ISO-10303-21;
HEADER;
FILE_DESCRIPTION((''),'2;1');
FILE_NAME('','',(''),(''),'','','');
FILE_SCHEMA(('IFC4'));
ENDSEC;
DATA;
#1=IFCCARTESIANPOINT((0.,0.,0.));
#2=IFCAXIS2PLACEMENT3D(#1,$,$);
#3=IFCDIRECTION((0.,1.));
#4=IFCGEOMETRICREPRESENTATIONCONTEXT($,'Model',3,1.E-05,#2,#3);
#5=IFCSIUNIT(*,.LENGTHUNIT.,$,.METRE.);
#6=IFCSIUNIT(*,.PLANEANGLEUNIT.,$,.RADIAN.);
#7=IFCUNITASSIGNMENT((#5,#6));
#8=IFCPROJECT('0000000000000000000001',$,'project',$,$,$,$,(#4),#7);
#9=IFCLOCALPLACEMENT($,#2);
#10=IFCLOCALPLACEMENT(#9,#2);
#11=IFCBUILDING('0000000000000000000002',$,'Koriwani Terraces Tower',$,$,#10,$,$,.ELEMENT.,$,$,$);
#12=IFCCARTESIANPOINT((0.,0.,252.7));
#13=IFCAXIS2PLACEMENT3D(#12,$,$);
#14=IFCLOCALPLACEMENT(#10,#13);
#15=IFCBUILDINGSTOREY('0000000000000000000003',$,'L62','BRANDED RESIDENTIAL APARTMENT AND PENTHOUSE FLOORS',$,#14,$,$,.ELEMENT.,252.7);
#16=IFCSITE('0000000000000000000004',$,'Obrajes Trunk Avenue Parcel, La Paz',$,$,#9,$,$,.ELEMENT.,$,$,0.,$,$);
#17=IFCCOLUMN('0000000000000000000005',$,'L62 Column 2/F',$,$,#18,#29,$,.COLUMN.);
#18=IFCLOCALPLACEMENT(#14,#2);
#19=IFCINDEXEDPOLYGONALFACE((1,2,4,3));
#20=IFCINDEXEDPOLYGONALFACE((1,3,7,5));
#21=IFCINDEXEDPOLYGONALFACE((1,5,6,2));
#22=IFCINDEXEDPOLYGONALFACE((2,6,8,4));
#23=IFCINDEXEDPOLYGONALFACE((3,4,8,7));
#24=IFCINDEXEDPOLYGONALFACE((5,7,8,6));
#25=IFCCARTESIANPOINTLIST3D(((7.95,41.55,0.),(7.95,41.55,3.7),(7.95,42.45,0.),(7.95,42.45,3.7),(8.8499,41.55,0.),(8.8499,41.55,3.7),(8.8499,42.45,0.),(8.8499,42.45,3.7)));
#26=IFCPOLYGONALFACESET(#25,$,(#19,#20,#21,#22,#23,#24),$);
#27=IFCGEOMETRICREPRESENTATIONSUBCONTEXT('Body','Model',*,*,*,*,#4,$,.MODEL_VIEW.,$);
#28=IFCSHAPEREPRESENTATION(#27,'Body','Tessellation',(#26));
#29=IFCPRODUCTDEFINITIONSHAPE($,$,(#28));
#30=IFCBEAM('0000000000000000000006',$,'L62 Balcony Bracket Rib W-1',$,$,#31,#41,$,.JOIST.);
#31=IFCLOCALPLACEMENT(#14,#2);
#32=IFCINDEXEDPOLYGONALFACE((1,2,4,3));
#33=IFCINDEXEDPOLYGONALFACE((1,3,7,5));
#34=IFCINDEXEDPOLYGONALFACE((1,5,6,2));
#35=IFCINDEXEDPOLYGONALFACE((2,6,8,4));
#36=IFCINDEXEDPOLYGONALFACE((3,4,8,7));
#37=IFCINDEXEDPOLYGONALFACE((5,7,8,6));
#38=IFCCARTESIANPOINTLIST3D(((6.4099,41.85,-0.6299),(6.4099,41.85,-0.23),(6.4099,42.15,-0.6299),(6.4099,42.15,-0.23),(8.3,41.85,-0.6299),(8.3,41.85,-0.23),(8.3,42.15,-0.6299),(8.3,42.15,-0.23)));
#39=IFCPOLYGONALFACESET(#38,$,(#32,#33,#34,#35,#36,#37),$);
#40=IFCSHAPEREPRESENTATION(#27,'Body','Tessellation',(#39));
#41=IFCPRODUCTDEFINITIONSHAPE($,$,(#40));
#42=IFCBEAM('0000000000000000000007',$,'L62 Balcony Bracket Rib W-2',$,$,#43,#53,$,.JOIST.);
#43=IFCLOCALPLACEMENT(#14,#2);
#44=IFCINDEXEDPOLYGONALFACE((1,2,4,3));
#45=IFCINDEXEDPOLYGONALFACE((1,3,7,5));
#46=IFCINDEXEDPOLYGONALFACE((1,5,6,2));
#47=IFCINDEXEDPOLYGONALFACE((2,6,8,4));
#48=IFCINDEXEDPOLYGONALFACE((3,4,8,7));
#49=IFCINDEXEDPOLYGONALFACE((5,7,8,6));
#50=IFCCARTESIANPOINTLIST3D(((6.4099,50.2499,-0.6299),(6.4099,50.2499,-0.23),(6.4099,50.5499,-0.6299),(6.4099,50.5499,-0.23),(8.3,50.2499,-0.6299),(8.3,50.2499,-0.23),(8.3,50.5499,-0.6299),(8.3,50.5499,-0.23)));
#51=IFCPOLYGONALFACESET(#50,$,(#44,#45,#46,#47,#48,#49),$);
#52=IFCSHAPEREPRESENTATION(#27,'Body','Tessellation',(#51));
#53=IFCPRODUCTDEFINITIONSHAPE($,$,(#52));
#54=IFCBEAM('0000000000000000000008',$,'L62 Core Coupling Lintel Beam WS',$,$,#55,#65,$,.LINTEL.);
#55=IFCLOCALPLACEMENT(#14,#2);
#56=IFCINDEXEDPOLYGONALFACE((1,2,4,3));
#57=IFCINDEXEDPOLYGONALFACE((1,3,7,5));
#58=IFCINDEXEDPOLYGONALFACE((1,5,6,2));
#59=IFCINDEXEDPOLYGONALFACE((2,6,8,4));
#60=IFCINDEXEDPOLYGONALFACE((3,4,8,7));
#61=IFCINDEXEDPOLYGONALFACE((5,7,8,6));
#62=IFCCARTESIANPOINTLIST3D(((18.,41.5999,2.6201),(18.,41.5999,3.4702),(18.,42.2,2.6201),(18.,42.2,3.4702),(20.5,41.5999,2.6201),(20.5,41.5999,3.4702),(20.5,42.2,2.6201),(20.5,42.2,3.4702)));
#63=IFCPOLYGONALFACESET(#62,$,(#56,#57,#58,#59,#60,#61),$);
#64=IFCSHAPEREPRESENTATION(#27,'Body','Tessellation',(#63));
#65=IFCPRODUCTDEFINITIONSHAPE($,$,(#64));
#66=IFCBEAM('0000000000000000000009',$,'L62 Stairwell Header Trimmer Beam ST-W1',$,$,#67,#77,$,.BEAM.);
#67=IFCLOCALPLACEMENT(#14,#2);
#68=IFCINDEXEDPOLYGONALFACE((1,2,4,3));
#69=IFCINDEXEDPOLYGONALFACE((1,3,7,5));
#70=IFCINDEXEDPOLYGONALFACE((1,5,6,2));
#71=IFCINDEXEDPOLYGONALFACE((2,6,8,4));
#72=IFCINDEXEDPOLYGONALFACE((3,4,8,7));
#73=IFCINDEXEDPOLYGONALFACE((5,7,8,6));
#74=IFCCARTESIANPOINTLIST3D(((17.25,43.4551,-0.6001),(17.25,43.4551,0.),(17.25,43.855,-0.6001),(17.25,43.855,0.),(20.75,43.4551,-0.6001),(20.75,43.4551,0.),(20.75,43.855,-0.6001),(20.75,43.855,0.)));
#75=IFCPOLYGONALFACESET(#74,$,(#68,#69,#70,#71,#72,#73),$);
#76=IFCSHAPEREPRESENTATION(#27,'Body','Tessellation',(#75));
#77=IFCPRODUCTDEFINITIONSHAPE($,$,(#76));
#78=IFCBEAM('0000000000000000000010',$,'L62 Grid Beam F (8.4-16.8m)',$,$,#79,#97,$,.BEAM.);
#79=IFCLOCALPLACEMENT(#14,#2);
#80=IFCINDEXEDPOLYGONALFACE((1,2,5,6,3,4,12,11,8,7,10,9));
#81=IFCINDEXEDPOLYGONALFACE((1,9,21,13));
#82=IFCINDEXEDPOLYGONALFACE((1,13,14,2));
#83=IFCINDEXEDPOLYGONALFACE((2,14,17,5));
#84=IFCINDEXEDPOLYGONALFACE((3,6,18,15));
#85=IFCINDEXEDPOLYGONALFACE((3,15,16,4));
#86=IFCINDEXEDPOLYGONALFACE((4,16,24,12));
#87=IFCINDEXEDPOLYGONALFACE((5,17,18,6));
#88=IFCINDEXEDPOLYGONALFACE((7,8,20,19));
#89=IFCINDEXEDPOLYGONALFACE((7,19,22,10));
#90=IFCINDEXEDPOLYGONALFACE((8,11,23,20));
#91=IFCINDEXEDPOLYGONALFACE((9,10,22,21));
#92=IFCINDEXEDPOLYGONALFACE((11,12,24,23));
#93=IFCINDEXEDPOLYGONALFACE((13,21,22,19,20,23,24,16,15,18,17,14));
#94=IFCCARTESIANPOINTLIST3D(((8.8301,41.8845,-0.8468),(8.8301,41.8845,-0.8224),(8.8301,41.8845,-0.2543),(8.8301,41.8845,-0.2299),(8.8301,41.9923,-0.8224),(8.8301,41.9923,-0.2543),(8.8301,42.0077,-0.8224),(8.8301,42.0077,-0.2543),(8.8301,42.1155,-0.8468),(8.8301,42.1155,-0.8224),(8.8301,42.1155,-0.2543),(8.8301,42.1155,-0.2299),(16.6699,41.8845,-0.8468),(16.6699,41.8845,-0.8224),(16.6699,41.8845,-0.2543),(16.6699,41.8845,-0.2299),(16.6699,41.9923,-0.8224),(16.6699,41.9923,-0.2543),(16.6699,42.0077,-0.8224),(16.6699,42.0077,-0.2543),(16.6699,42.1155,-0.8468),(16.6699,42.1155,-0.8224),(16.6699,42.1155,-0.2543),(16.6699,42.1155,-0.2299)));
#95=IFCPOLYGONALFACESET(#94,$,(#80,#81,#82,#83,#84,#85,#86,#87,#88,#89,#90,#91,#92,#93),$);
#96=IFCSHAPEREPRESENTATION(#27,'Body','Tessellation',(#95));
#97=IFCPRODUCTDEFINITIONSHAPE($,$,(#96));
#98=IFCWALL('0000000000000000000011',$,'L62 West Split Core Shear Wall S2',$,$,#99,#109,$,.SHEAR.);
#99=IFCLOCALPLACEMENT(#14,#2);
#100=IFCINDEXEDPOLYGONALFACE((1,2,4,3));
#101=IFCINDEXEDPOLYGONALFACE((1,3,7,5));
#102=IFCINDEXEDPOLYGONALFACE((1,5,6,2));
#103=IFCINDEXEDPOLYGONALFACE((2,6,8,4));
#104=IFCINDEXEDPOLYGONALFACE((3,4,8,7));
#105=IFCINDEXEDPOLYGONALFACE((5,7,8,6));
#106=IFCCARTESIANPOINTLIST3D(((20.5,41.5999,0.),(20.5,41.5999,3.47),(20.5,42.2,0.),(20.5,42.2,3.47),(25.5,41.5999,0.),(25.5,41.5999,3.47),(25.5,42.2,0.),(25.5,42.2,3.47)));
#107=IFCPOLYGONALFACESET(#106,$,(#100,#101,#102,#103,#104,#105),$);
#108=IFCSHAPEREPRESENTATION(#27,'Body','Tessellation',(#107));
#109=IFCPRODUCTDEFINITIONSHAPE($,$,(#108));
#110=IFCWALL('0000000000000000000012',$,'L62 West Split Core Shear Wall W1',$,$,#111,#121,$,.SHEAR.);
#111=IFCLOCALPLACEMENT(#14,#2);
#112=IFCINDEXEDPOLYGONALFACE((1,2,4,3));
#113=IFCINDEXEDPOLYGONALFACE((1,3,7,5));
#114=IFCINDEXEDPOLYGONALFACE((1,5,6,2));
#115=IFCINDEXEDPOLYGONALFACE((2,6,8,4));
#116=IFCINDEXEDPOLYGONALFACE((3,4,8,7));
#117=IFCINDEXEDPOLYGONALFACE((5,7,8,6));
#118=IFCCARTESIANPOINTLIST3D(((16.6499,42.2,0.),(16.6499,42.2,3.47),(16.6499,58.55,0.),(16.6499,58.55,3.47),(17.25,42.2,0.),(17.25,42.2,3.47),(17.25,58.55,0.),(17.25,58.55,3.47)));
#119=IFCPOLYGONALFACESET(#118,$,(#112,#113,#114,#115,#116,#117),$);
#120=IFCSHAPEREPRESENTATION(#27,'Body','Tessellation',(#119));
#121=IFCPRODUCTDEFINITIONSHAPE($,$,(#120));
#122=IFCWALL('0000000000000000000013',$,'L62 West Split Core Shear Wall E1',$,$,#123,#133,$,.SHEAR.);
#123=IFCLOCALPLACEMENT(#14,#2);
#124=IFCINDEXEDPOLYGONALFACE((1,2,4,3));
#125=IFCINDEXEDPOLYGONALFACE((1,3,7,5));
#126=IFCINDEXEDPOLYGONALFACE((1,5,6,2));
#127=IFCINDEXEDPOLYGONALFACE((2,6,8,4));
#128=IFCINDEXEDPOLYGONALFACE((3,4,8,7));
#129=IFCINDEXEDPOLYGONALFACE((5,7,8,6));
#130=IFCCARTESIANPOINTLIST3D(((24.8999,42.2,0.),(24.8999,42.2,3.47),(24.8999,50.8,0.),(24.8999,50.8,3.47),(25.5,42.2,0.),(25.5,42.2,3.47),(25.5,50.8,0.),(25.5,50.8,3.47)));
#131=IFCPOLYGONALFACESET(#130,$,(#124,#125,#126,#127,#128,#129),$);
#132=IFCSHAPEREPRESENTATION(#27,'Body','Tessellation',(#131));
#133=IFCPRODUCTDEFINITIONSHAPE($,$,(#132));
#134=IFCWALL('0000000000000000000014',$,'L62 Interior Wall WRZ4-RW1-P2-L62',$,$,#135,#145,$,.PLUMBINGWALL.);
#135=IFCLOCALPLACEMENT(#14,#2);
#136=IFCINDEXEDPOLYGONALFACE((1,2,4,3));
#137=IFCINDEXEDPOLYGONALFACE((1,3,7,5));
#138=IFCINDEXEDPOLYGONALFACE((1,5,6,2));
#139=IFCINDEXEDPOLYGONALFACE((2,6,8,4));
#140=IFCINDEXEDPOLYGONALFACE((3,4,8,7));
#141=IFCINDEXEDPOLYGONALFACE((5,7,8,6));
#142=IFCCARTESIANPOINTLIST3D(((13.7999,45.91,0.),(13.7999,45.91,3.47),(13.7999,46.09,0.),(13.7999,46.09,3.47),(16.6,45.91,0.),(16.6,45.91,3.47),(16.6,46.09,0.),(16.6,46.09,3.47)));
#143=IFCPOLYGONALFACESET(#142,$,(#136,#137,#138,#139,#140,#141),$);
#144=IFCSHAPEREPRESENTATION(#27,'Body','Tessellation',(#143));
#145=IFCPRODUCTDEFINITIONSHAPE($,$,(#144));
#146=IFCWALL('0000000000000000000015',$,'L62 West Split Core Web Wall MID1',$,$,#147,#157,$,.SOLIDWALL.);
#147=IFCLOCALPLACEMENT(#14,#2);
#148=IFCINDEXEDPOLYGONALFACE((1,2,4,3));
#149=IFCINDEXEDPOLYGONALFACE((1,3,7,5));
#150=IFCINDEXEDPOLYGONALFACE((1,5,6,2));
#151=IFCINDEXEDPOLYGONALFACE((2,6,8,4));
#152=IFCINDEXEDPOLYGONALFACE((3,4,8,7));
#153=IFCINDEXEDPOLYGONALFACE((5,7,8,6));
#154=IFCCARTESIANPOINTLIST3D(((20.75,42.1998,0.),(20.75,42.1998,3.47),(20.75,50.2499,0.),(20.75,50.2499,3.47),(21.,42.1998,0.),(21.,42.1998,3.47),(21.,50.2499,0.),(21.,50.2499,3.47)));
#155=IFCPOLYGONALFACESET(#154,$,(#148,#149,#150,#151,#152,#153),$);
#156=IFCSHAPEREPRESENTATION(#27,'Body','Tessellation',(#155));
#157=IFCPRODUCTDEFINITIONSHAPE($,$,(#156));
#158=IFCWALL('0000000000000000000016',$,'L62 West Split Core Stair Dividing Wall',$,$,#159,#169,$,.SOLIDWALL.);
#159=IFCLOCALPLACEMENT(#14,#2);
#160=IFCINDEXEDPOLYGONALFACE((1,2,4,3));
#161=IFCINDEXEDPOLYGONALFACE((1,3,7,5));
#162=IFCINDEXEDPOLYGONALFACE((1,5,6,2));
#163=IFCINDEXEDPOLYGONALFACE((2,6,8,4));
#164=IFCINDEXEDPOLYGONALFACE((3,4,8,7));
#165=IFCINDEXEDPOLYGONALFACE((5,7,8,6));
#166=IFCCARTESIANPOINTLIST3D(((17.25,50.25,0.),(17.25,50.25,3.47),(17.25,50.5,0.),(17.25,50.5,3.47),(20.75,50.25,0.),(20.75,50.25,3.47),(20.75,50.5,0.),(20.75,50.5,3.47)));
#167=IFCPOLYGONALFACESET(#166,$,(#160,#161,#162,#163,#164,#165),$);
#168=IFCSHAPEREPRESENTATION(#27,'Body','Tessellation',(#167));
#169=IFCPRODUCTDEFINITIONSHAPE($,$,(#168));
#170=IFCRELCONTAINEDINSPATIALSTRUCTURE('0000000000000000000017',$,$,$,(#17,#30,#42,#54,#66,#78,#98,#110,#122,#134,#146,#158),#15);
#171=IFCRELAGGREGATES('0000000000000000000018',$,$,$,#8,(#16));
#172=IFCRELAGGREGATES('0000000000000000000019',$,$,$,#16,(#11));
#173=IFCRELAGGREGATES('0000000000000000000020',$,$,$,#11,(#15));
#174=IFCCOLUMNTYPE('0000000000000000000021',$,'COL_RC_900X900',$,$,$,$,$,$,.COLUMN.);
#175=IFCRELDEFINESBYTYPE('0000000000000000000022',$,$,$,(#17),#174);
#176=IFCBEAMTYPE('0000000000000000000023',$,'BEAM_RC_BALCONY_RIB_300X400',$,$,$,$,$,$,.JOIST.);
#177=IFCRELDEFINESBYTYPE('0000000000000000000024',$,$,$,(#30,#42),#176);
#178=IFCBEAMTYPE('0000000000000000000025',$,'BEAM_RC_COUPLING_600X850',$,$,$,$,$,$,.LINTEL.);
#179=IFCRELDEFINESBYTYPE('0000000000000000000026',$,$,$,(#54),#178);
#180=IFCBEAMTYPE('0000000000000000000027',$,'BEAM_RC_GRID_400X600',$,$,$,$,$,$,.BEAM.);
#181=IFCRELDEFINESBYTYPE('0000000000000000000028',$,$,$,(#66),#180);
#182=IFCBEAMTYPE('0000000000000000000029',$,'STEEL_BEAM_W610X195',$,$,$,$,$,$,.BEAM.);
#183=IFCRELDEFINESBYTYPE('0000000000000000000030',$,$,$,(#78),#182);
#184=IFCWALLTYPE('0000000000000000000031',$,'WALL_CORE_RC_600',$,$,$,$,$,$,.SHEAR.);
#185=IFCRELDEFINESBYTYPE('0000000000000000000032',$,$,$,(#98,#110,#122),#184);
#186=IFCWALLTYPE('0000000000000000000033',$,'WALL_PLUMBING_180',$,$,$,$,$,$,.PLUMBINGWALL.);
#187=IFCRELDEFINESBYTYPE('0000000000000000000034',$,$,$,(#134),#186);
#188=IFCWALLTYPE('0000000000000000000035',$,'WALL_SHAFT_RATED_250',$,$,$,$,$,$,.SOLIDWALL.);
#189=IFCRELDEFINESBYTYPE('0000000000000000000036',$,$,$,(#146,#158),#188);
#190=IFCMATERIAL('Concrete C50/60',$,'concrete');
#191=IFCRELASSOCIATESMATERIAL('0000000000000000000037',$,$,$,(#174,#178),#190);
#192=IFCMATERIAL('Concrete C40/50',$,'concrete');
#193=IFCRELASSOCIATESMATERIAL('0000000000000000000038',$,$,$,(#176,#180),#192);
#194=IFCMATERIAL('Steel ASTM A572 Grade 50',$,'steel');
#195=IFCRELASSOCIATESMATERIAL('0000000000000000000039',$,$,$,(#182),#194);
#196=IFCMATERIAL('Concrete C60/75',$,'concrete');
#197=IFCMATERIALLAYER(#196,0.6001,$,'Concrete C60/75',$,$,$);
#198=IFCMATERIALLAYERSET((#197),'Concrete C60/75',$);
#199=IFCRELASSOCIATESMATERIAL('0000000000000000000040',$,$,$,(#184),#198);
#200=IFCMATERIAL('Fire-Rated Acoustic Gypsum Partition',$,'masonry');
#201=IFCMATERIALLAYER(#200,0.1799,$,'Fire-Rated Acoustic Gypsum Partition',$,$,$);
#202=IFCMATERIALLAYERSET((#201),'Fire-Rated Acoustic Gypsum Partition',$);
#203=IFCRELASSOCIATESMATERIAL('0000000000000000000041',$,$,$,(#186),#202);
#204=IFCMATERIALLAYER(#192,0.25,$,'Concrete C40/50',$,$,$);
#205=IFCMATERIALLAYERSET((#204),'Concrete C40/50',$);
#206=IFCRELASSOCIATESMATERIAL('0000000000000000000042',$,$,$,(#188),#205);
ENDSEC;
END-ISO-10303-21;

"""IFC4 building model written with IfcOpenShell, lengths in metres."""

from ifc_helpers import new_model, si_unit, direction, frame, frame_2d, origin, origin_2d, place, context, subcontext, project, spatial, rectangle, i_section, extrude, material, layer, layer_set, material_profile, profile_set, type_object, element, save


model = new_model("IFC4")

# Units and contexts
model_context = context("Model", 3, precision=1e-05, world=origin(), true_north=direction((0.0, 1.0)))
body_context = subcontext(model_context, "Body", "Model", "MODEL_VIEW")
ifc_project = project(units=[si_unit("LENGTHUNIT", "METRE"), si_unit("PLANEANGLEUNIT", "RADIAN")], contexts=[model_context])

# Site, building, storey
site_placement = place(None, origin())
site = spatial("IfcSite", under=ifc_project, at=site_placement, Name="Obrajes Trunk Avenue Parcel, La Paz", CompositionType="ELEMENT", RefElevation=0.0)
building_placement = place(site_placement, origin())
building = spatial("IfcBuilding", under=site, at=building_placement, Name="Koriwani Terraces Tower", CompositionType="ELEMENT")
storey_placement = place(building_placement, frame((0.0, 0.0, 252.7)))
storey = spatial("IfcBuildingStorey", under=building, at=storey_placement, Name="L62", Description="BRANDED RESIDENTIAL APARTMENT AND PENTHOUSE FLOORS", CompositionType="ELEMENT", Elevation=252.7)

# Column
ifc_material_1 = material(Name="Concrete C50/60", Category="concrete")
ifc_material_profile_1 = material_profile(ifc_material_1, rectangle(XDim=0.8999, YDim=0.8999, at=origin_2d()), Name="Concrete C50/60", Category="LoadBearing")
ifc_profile_set_1 = profile_set([ifc_material_profile_1], Name="Concrete C50/60")
column_type = type_object("IfcColumnType", Name="COL_RC_900X900", PredefinedType="COLUMN", material=ifc_profile_set_1)
column_placement = place(storey_placement, frame((8.3999, 42.0, 0.0), z_axis=(0.0, 0.0, 1.0), x_axis=(1.0, 0.0, 0.0)))
element("IfcColumn", 1, at=column_placement, inside=storey, type_object=column_type, Name="L62 Column 2/F", PredefinedType="COLUMN", context=body_context, shape_type="SweptSolid", body=[
    extrude(rectangle(XDim=0.8999, YDim=0.8999, at=origin_2d()), origin(), (0.0, 0.0, 1.0), 3.7),
])

# Beams
ifc_material_2 = material(Name="Concrete C40/50", Category="concrete")
ifc_material_profile_2 = material_profile(ifc_material_2, rectangle(XDim=0.3, YDim=0.3999, at=origin_2d()), Name="Concrete C40/50", Category="LoadBearing")
ifc_profile_set_2 = profile_set([ifc_material_profile_2], Name="Concrete C40/50")
beam_type_1 = type_object("IfcBeamType", Name="BEAM_RC_BALCONY_RIB_300X400", PredefinedType="JOIST", material=ifc_profile_set_2)
for number, where, z_axis, x_axis, name in (
    (2, (6.4099, 42.0, -0.4299), (1.0, 0.0, 0.0), (0.0, 1.0, 0.0), "L62 Balcony Bracket Rib W-1"),
    (3, (6.4099, 50.3999, -0.4299), (1.0, 0.0, 0.0), (0.0, 1.0, 0.0), "L62 Balcony Bracket Rib W-2"),
):
    element("IfcBeam", number, at=place(storey_placement, frame(where, z_axis=z_axis, x_axis=x_axis)), inside=storey, type_object=beam_type_1, Name=name, PredefinedType="JOIST", context=body_context, shape_type="SweptSolid", body=[
        extrude(rectangle(XDim=0.3, YDim=0.3999, at=origin_2d()), origin(), (0.0, 0.0, 1.0), 1.8901),
    ])
ifc_material_profile_3 = material_profile(ifc_material_1, rectangle(XDim=0.6001, YDim=0.8501, at=origin_2d()), Name="Concrete C50/60", Category="LoadBearing")
ifc_profile_set_3 = profile_set([ifc_material_profile_3], Name="Concrete C50/60")
beam_type_2 = type_object("IfcBeamType", Name="BEAM_RC_COUPLING_600X850", PredefinedType="LINTEL", material=ifc_profile_set_3)
beam_1_placement = place(storey_placement, frame((18.0, 41.8999, 3.0452), z_axis=(1.0, 0.0, 0.0), x_axis=(0.0, 1.0, 0.0)))
element("IfcBeam", 4, at=beam_1_placement, inside=storey, type_object=beam_type_2, Name="L62 Core Coupling Lintel Beam WS", PredefinedType="LINTEL", context=body_context, shape_type="SweptSolid", body=[
    extrude(rectangle(XDim=0.6001, YDim=0.8501, at=origin_2d()), origin(), (0.0, 0.0, 1.0), 2.5),
])
ifc_material_profile_4 = material_profile(ifc_material_2, rectangle(XDim=0.3999, YDim=0.6001, at=origin_2d()), Name="Concrete C40/50", Category="LoadBearing")
ifc_profile_set_4 = profile_set([ifc_material_profile_4], Name="Concrete C40/50")
beam_type_3 = type_object("IfcBeamType", Name="BEAM_RC_GRID_400X600", PredefinedType="BEAM", material=ifc_profile_set_4)
beam_2_placement = place(storey_placement, frame((17.25, 43.655, -0.3), z_axis=(1.0, 0.0, 0.0), x_axis=(0.0, 1.0, 0.0)))
element("IfcBeam", 5, at=beam_2_placement, inside=storey, type_object=beam_type_3, Name="L62 Stairwell Header Trimmer Beam ST-W1", PredefinedType="BEAM", context=body_context, shape_type="SweptSolid", body=[
    extrude(rectangle(XDim=0.3999, YDim=0.6001, at=origin_2d()), origin(), (0.0, 0.0, 1.0), 3.5),
])
ifc_material_3 = material(Name="Steel ASTM A572 Grade 50", Category="steel")
ifc_material_profile_5 = material_profile(ifc_material_3, i_section(OverallWidth=0.231, OverallDepth=0.6169, WebThickness=0.0154, FlangeThickness=0.0244, at=origin_2d()), Name="Steel ASTM A572 Grade 50", Category="LoadBearing")
ifc_profile_set_5 = profile_set([ifc_material_profile_5], Name="Steel ASTM A572 Grade 50")
beam_type_4 = type_object("IfcBeamType", Name="STEEL_BEAM_W610X195", PredefinedType="BEAM", material=ifc_profile_set_5)
beam_3_placement = place(storey_placement, frame((8.8301, 42.0, -0.5383), z_axis=(1.0, 0.0, 0.0), x_axis=(0.0, 1.0, 0.0)))
element("IfcBeam", 6, at=beam_3_placement, inside=storey, type_object=beam_type_4, Name="L62 Grid Beam F (8.4-16.8m)", PredefinedType="BEAM", context=body_context, shape_type="SweptSolid", body=[
    extrude(i_section(OverallWidth=0.231, OverallDepth=0.6169, WebThickness=0.0154, FlangeThickness=0.0244, at=origin_2d()), origin(), (0.0, 0.0, 1.0), 7.8398),
])

# Walls
ifc_material_4 = material(Name="Concrete C60/75", Category="concrete")
ifc_layer_1 = layer(ifc_material_4, 0.6001, Name="Concrete C60/75")
ifc_layer_set_1 = layer_set([ifc_layer_1], Name="Concrete C60/75")
wall_type_1 = type_object("IfcWallType", Name="WALL_CORE_RC_600", PredefinedType="SHEAR", material=ifc_layer_set_1)
wall_1_placement = place(storey_placement, frame((20.5, 41.8999, 0.0), z_axis=(0.0, 0.0, 1.0), x_axis=(1.0, 0.0, 0.0)))
element("IfcWall", 7, at=wall_1_placement, inside=storey, type_object=wall_type_1, Name="L62 West Split Core Shear Wall S2", PredefinedType="SHEAR", context=body_context, shape_type="SweptSolid", body=[
    extrude(rectangle(XDim=5.0, YDim=0.6001, at=frame_2d((2.5, 0.0))), origin(), (0.0, 0.0, 1.0), 3.47),
])
wall_2_placement = place(storey_placement, frame((16.95, 42.2, 0.0), z_axis=(0.0, 0.0, 1.0), x_axis=(0.0, 1.0, 0.0)))
element("IfcWall", 8, at=wall_2_placement, inside=storey, type_object=wall_type_1, Name="L62 West Split Core Shear Wall W1", PredefinedType="SHEAR", context=body_context, shape_type="SweptSolid", body=[
    extrude(rectangle(XDim=16.3501, YDim=0.6001, at=frame_2d((8.175, 0.0))), origin(), (0.0, 0.0, 1.0), 3.47),
])
wall_3_placement = place(storey_placement, frame((25.2, 42.2, 0.0), z_axis=(0.0, 0.0, 1.0), x_axis=(0.0, 1.0, 0.0)))
element("IfcWall", 9, at=wall_3_placement, inside=storey, type_object=wall_type_1, Name="L62 West Split Core Shear Wall E1", PredefinedType="SHEAR", context=body_context, shape_type="SweptSolid", body=[
    extrude(rectangle(XDim=8.6001, YDim=0.6001, at=frame_2d((4.3, 0.0))), origin(), (0.0, 0.0, 1.0), 3.47),
])
ifc_material_5 = material(Name="Fire-Rated Acoustic Gypsum Partition", Category="masonry")
ifc_layer_2 = layer(ifc_material_5, 0.1799, Name="Fire-Rated Acoustic Gypsum Partition")
ifc_layer_set_2 = layer_set([ifc_layer_2], Name="Fire-Rated Acoustic Gypsum Partition")
wall_type_2 = type_object("IfcWallType", Name="WALL_PLUMBING_180", PredefinedType="PLUMBINGWALL", material=ifc_layer_set_2)
wall_4_placement = place(storey_placement, frame((13.8, 46.0, 0.0), z_axis=(0.0, 0.0, 1.0), x_axis=(1.0, 0.0, 0.0)))
element("IfcWall", 10, at=wall_4_placement, inside=storey, type_object=wall_type_2, Name="L62 Interior Wall WRZ4-RW1-P2-L62", PredefinedType="PLUMBINGWALL", context=body_context, shape_type="SweptSolid", body=[
    extrude(rectangle(XDim=2.8, YDim=0.1799, at=frame_2d((1.3999, 0.0))), origin(), (0.0, 0.0, 1.0), 3.47),
])
ifc_layer_3 = layer(ifc_material_2, 0.25, Name="Concrete C40/50")
ifc_layer_set_3 = layer_set([ifc_layer_3], Name="Concrete C40/50")
wall_type_3 = type_object("IfcWallType", Name="WALL_SHAFT_RATED_250", PredefinedType="SOLIDWALL", material=ifc_layer_set_3)
wall_5_placement = place(storey_placement, frame((20.875, 42.2, 0.0), z_axis=(0.0, 0.0, 1.0), x_axis=(0.0, 1.0, 0.0)))
element("IfcWall", 11, at=wall_5_placement, inside=storey, type_object=wall_type_3, Name="L62 West Split Core Web Wall MID1", PredefinedType="SOLIDWALL", context=body_context, shape_type="SweptSolid", body=[
    extrude(rectangle(XDim=8.05, YDim=0.25, at=frame_2d((4.0249, 0.0))), origin(), (0.0, 0.0, 1.0), 3.47),
])
wall_6_placement = place(storey_placement, frame((17.25, 50.375, 0.0), z_axis=(0.0, 0.0, 1.0), x_axis=(1.0, 0.0, 0.0)))
element("IfcWall", 12, at=wall_6_placement, inside=storey, type_object=wall_type_3, Name="L62 West Split Core Stair Dividing Wall", PredefinedType="SOLIDWALL", context=body_context, shape_type="SweptSolid", body=[
    extrude(rectangle(XDim=3.5, YDim=0.25, at=frame_2d((1.75, 0.0))), origin(), (0.0, 0.0, 1.0), 3.47),
])

save(model, "model.ifc")
